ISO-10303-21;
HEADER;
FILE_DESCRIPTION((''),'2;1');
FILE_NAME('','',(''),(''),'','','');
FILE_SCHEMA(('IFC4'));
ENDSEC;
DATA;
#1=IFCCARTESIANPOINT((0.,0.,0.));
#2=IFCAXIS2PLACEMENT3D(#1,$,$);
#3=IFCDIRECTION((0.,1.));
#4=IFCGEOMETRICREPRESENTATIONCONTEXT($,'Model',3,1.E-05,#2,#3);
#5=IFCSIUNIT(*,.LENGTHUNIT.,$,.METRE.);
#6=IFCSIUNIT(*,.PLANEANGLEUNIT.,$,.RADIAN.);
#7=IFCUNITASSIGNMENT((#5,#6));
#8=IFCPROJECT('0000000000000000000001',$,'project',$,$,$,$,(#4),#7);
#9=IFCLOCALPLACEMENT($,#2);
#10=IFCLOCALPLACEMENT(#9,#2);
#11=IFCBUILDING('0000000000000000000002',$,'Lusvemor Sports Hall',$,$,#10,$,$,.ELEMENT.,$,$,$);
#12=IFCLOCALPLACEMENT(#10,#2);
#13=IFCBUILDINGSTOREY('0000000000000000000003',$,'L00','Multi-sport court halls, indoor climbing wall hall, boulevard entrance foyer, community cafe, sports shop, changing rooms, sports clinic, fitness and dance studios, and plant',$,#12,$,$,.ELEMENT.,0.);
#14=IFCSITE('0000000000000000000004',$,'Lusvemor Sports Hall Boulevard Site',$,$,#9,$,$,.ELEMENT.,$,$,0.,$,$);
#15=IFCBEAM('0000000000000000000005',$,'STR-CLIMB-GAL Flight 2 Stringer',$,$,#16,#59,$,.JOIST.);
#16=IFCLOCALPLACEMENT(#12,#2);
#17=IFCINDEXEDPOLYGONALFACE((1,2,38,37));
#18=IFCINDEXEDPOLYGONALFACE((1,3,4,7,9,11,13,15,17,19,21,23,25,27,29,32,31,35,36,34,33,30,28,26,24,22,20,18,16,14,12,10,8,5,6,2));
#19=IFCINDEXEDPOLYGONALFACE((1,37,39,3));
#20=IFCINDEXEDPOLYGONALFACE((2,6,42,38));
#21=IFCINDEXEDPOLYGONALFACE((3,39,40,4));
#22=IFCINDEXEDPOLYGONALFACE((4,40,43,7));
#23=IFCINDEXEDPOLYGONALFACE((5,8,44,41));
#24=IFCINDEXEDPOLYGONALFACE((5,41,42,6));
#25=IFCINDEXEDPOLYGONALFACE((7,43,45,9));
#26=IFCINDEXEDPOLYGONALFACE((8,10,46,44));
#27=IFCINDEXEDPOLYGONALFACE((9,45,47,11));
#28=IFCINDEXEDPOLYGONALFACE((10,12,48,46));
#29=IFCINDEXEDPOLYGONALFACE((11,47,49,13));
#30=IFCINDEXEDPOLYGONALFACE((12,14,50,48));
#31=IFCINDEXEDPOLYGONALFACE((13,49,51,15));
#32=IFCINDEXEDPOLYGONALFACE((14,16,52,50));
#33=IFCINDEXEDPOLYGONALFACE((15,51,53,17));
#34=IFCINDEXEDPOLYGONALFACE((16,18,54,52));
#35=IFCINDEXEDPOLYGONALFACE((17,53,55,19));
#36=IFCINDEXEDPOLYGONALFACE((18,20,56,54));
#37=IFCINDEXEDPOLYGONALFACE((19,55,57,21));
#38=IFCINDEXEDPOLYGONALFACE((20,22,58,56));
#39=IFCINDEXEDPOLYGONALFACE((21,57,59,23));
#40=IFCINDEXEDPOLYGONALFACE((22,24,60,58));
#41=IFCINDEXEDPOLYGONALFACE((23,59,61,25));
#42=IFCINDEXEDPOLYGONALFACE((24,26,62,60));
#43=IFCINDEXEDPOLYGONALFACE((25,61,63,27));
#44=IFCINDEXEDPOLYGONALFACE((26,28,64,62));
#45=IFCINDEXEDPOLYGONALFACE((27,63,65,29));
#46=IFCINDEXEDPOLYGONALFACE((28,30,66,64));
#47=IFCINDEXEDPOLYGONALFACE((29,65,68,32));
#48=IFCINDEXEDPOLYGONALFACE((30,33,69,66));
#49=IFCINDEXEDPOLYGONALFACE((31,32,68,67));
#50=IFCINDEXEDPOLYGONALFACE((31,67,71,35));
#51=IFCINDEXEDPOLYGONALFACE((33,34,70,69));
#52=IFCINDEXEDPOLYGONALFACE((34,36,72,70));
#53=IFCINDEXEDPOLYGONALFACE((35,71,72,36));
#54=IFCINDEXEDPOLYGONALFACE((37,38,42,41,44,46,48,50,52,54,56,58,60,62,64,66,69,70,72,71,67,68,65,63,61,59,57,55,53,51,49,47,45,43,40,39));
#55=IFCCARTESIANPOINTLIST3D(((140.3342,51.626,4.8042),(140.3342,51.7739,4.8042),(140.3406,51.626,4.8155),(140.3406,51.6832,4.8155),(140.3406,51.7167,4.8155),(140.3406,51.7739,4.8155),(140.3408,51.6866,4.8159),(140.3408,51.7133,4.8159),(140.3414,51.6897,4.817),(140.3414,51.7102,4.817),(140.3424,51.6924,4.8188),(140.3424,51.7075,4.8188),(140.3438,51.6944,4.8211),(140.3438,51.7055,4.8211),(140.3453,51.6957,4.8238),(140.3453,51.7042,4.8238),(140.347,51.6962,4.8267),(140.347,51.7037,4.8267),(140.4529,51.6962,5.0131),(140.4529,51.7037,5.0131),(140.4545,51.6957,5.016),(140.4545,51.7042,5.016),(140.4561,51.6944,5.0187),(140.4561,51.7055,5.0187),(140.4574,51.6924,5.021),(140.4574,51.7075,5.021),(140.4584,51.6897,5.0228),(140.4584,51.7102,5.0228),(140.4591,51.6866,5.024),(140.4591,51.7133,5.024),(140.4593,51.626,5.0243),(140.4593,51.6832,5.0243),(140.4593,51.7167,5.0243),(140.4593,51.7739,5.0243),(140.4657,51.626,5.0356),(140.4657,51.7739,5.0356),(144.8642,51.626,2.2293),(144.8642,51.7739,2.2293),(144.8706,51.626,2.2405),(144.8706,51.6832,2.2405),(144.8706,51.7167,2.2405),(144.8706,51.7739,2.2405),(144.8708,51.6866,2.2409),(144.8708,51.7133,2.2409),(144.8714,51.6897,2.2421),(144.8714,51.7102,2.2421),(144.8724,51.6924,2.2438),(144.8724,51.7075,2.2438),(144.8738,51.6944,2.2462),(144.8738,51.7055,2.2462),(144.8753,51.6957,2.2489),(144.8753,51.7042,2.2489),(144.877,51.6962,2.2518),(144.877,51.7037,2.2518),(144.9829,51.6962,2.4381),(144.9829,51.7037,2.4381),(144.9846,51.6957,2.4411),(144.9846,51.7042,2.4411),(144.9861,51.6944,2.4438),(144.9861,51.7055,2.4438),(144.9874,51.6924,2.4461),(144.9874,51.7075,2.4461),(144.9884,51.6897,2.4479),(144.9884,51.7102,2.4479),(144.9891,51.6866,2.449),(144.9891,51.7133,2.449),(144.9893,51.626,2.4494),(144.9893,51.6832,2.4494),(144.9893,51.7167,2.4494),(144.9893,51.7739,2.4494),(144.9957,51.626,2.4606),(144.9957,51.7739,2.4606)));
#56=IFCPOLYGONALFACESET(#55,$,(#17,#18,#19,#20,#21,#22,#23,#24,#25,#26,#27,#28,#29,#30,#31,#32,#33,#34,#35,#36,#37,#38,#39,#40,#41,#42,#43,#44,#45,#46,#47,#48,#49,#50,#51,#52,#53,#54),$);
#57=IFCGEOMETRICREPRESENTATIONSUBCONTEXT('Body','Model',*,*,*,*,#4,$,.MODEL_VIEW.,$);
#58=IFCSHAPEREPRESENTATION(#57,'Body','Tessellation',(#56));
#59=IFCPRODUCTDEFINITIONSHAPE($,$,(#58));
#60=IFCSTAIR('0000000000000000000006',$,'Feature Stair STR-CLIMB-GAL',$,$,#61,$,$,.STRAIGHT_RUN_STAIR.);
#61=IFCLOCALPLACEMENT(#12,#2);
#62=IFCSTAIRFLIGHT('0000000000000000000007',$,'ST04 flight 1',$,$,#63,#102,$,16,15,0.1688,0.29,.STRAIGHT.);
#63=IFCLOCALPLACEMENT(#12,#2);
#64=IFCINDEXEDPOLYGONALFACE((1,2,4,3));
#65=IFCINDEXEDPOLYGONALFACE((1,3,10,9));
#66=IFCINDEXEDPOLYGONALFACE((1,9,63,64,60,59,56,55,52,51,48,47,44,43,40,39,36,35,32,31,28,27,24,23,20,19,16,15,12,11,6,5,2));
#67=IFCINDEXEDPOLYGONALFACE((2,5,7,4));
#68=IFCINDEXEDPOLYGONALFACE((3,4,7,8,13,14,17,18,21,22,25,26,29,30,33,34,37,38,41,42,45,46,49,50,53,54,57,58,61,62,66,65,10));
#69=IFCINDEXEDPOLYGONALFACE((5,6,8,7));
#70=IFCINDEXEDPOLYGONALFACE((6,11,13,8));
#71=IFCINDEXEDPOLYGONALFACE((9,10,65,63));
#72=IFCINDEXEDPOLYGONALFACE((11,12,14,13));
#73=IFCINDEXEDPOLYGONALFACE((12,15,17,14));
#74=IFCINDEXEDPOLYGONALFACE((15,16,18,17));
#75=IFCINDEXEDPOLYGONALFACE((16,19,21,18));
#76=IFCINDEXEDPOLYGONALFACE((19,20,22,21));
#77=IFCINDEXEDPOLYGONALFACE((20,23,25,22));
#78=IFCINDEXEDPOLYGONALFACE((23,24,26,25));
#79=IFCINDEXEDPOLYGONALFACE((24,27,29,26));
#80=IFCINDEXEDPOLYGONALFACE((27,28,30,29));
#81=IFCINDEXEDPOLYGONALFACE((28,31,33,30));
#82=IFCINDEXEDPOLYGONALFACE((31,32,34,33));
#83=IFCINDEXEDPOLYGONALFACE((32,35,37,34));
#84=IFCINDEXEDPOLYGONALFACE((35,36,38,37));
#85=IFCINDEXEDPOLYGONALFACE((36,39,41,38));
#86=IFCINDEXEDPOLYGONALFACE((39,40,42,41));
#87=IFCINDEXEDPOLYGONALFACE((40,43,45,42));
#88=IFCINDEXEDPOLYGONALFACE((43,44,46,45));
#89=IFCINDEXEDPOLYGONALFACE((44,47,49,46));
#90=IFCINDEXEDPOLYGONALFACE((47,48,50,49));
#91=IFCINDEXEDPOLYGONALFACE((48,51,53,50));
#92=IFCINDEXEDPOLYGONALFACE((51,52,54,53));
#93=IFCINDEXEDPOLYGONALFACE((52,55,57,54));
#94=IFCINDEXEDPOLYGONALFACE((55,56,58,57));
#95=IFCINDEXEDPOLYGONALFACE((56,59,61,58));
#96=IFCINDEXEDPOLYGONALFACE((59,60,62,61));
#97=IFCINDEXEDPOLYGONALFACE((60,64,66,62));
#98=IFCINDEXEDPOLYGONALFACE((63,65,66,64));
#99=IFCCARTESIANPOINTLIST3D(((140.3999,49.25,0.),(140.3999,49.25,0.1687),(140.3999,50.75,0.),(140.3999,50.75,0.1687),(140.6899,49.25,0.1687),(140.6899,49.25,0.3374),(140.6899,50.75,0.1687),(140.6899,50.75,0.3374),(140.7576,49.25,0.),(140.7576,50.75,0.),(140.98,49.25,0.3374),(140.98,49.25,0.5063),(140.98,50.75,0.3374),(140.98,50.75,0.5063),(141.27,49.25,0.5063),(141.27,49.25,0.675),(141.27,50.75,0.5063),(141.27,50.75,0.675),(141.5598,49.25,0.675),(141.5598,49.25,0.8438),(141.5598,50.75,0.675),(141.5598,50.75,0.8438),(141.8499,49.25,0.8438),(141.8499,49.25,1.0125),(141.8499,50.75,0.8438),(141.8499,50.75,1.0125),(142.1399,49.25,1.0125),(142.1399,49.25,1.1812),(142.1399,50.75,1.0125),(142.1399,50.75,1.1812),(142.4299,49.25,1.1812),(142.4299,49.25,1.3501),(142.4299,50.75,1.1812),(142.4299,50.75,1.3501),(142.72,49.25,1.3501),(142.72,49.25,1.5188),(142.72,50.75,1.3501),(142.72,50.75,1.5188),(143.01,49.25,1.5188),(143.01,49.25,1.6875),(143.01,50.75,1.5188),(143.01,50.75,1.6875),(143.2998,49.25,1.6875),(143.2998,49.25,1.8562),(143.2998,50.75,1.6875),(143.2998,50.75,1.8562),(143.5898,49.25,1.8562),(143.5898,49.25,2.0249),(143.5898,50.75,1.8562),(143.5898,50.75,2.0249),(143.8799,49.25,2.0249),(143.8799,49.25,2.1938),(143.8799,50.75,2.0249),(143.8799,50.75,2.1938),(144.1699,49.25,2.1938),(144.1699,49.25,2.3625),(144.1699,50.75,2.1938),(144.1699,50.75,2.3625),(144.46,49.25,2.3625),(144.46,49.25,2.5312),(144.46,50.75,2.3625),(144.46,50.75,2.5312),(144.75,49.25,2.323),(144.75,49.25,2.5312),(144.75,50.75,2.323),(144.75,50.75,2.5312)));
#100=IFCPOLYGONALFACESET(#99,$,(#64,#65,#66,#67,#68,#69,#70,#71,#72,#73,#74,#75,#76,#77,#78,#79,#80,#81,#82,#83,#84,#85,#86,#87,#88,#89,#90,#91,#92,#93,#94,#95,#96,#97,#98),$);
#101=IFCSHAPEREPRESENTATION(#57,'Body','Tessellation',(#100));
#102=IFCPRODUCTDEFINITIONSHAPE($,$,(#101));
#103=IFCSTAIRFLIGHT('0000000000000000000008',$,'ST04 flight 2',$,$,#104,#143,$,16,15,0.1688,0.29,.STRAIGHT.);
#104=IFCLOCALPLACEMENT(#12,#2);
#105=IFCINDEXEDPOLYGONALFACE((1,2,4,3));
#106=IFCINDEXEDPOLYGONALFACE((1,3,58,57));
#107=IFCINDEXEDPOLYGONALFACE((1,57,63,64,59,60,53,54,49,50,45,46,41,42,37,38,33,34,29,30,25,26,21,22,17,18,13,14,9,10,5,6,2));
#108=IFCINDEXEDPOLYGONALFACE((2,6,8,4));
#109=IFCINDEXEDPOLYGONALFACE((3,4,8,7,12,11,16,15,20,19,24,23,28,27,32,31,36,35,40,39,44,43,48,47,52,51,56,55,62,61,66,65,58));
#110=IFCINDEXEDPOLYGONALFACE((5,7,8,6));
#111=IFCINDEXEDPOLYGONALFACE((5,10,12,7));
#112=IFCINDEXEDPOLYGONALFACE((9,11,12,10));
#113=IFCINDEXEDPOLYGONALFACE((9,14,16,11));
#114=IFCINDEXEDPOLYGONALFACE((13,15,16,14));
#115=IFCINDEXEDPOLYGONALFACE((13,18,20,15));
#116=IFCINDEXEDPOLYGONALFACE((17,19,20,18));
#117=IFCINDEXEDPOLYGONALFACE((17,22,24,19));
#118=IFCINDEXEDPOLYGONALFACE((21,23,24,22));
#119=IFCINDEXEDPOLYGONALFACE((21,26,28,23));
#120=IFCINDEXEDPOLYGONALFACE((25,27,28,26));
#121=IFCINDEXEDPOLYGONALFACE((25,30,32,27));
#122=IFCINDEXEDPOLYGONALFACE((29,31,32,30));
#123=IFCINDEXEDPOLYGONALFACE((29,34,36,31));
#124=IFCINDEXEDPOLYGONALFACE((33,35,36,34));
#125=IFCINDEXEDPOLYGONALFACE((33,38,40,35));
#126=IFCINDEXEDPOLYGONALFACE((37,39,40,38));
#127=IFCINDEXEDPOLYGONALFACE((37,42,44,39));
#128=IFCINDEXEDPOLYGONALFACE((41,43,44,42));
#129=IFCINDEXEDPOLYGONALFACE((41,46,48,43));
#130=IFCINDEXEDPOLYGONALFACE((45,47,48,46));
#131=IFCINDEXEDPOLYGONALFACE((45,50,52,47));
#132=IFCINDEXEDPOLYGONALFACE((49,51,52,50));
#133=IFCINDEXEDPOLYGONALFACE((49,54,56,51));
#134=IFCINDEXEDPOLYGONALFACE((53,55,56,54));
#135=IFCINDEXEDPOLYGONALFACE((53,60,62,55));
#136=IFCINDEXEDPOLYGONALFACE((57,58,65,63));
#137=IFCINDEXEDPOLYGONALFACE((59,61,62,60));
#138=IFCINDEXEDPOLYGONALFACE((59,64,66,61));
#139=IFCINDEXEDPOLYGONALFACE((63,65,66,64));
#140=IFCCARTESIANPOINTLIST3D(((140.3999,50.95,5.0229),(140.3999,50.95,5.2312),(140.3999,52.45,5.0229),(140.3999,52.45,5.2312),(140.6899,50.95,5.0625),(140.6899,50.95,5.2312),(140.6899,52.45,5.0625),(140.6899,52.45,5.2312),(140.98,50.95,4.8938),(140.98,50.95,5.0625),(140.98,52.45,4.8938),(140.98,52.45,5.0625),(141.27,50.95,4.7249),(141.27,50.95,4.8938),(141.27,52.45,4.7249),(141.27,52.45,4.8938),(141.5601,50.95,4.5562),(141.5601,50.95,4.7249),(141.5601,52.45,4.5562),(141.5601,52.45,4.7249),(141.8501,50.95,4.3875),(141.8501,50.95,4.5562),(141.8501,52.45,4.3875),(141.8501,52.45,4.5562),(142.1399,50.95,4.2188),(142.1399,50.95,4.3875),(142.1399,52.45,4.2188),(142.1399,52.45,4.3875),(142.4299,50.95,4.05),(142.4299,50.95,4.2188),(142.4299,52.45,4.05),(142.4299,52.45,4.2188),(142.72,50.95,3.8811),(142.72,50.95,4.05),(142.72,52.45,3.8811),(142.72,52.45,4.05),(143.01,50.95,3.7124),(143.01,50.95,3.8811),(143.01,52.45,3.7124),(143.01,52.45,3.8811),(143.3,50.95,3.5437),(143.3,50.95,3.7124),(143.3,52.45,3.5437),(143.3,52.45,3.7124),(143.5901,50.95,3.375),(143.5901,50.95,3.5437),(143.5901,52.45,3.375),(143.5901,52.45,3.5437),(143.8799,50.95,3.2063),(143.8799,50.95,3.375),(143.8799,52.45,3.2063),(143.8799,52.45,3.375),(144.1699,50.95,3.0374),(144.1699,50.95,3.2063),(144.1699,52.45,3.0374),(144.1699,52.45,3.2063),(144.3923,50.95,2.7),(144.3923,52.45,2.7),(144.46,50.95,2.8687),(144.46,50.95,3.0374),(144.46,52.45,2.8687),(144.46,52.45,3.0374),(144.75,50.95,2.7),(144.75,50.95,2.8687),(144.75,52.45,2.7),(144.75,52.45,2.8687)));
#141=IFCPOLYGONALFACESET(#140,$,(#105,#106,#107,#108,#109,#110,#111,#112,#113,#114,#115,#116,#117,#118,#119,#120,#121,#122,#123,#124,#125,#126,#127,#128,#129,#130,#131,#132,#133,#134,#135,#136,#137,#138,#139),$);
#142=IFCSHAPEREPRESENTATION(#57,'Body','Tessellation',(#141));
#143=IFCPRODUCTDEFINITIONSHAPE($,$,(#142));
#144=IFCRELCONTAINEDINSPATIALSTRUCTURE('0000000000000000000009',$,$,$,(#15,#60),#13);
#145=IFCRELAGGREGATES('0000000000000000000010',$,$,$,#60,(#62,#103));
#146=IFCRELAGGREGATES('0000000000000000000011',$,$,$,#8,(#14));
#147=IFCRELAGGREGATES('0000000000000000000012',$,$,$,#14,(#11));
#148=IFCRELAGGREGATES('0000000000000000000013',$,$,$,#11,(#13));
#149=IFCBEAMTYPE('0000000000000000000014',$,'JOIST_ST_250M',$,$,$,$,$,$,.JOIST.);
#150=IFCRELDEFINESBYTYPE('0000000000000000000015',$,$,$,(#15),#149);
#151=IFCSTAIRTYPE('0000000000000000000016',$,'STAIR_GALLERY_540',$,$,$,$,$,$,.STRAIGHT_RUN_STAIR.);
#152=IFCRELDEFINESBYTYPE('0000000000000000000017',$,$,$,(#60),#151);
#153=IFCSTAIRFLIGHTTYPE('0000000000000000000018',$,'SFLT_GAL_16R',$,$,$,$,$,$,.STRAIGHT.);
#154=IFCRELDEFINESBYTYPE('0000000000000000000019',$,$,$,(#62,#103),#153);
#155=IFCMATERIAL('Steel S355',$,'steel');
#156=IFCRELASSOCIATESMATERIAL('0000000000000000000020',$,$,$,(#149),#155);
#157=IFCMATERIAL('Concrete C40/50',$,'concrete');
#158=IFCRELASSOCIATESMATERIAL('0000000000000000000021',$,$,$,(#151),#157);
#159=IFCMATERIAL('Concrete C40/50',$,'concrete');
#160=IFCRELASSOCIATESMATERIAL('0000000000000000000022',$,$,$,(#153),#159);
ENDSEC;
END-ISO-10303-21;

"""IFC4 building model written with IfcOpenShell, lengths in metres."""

from ifc_helpers import new_model, si_unit, direction, frame, origin, origin_2d, place, context, subcontext, project, spatial, polyline, i_section, outline, extrude, material, material_profile, profile_set, type_object, element, aggregate, save


model = new_model("IFC4")

# Units and contexts
model_context = context("Model", 3, precision=1e-05, world=origin(), true_north=direction((0.0, 1.0)))
body_context = subcontext(model_context, "Body", "Model", "MODEL_VIEW")
ifc_project = project(units=[si_unit("LENGTHUNIT", "METRE"), si_unit("PLANEANGLEUNIT", "RADIAN")], contexts=[model_context])

# Site, building, storey
site_placement = place(None, origin())
site = spatial("IfcSite", under=ifc_project, at=site_placement, Name="Lusvemor Sports Hall Boulevard Site", CompositionType="ELEMENT", RefElevation=0.0)
building_placement = place(site_placement, origin())
building = spatial("IfcBuilding", under=site, at=building_placement, Name="Lusvemor Sports Hall", CompositionType="ELEMENT")
storey_placement = place(building_placement, origin())
storey = spatial("IfcBuildingStorey", under=building, at=storey_placement, Name="L00", Description="Multi-sport court halls, indoor climbing wall hall, boulevard entrance foyer, community cafe, sports shop, changing rooms, sports clinic, fitness and dance studios, and plant", CompositionType="ELEMENT", Elevation=0.0)

# Beam
ifc_material_1 = material(Name="Steel S355", Category="steel")
ifc_material_profile_1 = material_profile(ifc_material_1, i_section(OverallWidth=0.1479, OverallDepth=0.2661, WebThickness=0.0076, FlangeThickness=0.0129, FilletRadius=0.0129, at=origin_2d()), Name="W250x44.8")
ifc_profile_set_1 = profile_set([ifc_material_profile_1], Name="Steel S355")
beam_type = type_object("IfcBeamType", Name="JOIST_ST_250M", PredefinedType="JOIST", material=ifc_profile_set_1)
beam_placement = place(storey_placement, frame((144.9299, 51.7, 2.345), z_axis=(-0.869368, 0.0, 0.494165), x_axis=(0.0, -1.0, 0.0)))
element("IfcBeam", 1, at=beam_placement, inside=storey, type_object=beam_type, Name="STR-CLIMB-GAL Flight 2 Stringer", PredefinedType="JOIST", context=body_context, shape_type="SweptSolid", body=[
    extrude(i_section(OverallWidth=0.1479, OverallDepth=0.2661, WebThickness=0.0076, FlangeThickness=0.0129, FilletRadius=0.0129, at=origin_2d()), origin(), (0.0, 0.0, 1.0), 5.2107),
])

# Stair, stair flights
ifc_material_2 = material(Name="Concrete C40/50", Category="concrete")
stair_type = type_object("IfcStairType", Name="STAIR_GALLERY_540", PredefinedType="STRAIGHT_RUN_STAIR", material=ifc_material_2)
stair_placement = place(storey_placement, origin())
stair = element("IfcStair", 2, at=stair_placement, inside=storey, type_object=stair_type, Name="Feature Stair STR-CLIMB-GAL", PredefinedType="STRAIGHT_RUN_STAIR")
ifc_material_3 = material(Name="Concrete C40/50", Category="concrete")
stair_flight_type = type_object("IfcStairFlightType", Name="SFLT_GAL_16R", PredefinedType="STRAIGHT", material=ifc_material_3)
stair_flight_1_placement = place(storey_placement, frame((140.3999, 50.0, 0.0), z_axis=(0.0, 0.0, 1.0), x_axis=(1.0, 0.0, 0.0)))
stair_flight_1 = element("IfcStairFlight", 3, at=stair_flight_1_placement, type_object=stair_flight_type, Name="ST04 flight 1", NumberOfRisers=16, NumberOfTreads=15, PredefinedType="STRAIGHT", RiserHeight=0.1688, TreadLength=0.29, context=body_context, shape_type="SweptSolid", body=[
    extrude(outline(polyline([(0.0, 0.0), (0.0, 0.1687), (0.29, 0.1687), (0.29, 0.3374), (0.5801, 0.3374), (0.5801, 0.5063), (0.8701, 0.5063), (0.8701, 0.675), (1.1599, 0.675), (1.1599, 0.8438), (1.45, 0.8438), (1.45, 1.0125), (1.74, 1.0125), (1.74, 1.1812), (2.03, 1.1812), (2.03, 1.3501), (2.3201, 1.3501), (2.3201, 1.5188), (2.6101, 1.5188), (2.6101, 1.6875), (2.8999, 1.6875), (2.8999, 1.8562), (3.1899, 1.8562), (3.1899, 2.0249), (3.48, 2.0249), (3.48, 2.1938), (3.77, 2.1938), (3.77, 2.3625), (4.0601, 2.3625), (4.0601, 2.5312), (4.3501, 2.5312), (4.3501, 2.7), (4.3501, 2.323), (0.3577, 0.0), (0.0, 0.0)])), frame((0.0, 0.75, 0.0), z_axis=(0.0, -1.0, 0.0), x_axis=(1.0, 0.0, 0.0)), (0.0, 0.0, 1.0), 1.5),
])
stair_flight_2_placement = place(storey_placement, frame((144.75, 51.7, 2.7), z_axis=(0.0, 0.0, 1.0), x_axis=(-1.0, 0.0, 0.0)))
stair_flight_2 = element("IfcStairFlight", 4, at=stair_flight_2_placement, type_object=stair_flight_type, Name="ST04 flight 2", NumberOfRisers=16, NumberOfTreads=15, PredefinedType="STRAIGHT", RiserHeight=0.1688, TreadLength=0.29, context=body_context, shape_type="SweptSolid", body=[
    extrude(outline(polyline([(0.0, 0.0), (0.0, 0.1687), (0.29, 0.1687), (0.29, 0.3374), (0.5801, 0.3374), (0.5801, 0.5063), (0.8701, 0.5063), (0.8701, 0.675), (1.1599, 0.675), (1.1599, 0.8438), (1.45, 0.8438), (1.45, 1.0125), (1.74, 1.0125), (1.74, 1.1812), (2.03, 1.1812), (2.03, 1.3501), (2.3201, 1.3501), (2.3201, 1.5188), (2.6101, 1.5188), (2.6101, 1.6875), (2.8999, 1.6875), (2.8999, 1.8562), (3.1899, 1.8562), (3.1899, 2.0249), (3.48, 2.0249), (3.48, 2.1938), (3.77, 2.1938), (3.77, 2.3625), (4.0601, 2.3625), (4.0601, 2.5312), (4.3501, 2.5312), (4.3501, 2.7), (4.3501, 2.323), (0.3577, 0.0), (0.0, 0.0)])), frame((0.0, 0.75, 0.0), z_axis=(0.0, -1.0, 0.0), x_axis=(1.0, 0.0, 0.0)), (0.0, 0.0, 1.0), 1.5),
])
aggregate(stair, [stair_flight_1, stair_flight_2])

save(model, "model.ifc")
